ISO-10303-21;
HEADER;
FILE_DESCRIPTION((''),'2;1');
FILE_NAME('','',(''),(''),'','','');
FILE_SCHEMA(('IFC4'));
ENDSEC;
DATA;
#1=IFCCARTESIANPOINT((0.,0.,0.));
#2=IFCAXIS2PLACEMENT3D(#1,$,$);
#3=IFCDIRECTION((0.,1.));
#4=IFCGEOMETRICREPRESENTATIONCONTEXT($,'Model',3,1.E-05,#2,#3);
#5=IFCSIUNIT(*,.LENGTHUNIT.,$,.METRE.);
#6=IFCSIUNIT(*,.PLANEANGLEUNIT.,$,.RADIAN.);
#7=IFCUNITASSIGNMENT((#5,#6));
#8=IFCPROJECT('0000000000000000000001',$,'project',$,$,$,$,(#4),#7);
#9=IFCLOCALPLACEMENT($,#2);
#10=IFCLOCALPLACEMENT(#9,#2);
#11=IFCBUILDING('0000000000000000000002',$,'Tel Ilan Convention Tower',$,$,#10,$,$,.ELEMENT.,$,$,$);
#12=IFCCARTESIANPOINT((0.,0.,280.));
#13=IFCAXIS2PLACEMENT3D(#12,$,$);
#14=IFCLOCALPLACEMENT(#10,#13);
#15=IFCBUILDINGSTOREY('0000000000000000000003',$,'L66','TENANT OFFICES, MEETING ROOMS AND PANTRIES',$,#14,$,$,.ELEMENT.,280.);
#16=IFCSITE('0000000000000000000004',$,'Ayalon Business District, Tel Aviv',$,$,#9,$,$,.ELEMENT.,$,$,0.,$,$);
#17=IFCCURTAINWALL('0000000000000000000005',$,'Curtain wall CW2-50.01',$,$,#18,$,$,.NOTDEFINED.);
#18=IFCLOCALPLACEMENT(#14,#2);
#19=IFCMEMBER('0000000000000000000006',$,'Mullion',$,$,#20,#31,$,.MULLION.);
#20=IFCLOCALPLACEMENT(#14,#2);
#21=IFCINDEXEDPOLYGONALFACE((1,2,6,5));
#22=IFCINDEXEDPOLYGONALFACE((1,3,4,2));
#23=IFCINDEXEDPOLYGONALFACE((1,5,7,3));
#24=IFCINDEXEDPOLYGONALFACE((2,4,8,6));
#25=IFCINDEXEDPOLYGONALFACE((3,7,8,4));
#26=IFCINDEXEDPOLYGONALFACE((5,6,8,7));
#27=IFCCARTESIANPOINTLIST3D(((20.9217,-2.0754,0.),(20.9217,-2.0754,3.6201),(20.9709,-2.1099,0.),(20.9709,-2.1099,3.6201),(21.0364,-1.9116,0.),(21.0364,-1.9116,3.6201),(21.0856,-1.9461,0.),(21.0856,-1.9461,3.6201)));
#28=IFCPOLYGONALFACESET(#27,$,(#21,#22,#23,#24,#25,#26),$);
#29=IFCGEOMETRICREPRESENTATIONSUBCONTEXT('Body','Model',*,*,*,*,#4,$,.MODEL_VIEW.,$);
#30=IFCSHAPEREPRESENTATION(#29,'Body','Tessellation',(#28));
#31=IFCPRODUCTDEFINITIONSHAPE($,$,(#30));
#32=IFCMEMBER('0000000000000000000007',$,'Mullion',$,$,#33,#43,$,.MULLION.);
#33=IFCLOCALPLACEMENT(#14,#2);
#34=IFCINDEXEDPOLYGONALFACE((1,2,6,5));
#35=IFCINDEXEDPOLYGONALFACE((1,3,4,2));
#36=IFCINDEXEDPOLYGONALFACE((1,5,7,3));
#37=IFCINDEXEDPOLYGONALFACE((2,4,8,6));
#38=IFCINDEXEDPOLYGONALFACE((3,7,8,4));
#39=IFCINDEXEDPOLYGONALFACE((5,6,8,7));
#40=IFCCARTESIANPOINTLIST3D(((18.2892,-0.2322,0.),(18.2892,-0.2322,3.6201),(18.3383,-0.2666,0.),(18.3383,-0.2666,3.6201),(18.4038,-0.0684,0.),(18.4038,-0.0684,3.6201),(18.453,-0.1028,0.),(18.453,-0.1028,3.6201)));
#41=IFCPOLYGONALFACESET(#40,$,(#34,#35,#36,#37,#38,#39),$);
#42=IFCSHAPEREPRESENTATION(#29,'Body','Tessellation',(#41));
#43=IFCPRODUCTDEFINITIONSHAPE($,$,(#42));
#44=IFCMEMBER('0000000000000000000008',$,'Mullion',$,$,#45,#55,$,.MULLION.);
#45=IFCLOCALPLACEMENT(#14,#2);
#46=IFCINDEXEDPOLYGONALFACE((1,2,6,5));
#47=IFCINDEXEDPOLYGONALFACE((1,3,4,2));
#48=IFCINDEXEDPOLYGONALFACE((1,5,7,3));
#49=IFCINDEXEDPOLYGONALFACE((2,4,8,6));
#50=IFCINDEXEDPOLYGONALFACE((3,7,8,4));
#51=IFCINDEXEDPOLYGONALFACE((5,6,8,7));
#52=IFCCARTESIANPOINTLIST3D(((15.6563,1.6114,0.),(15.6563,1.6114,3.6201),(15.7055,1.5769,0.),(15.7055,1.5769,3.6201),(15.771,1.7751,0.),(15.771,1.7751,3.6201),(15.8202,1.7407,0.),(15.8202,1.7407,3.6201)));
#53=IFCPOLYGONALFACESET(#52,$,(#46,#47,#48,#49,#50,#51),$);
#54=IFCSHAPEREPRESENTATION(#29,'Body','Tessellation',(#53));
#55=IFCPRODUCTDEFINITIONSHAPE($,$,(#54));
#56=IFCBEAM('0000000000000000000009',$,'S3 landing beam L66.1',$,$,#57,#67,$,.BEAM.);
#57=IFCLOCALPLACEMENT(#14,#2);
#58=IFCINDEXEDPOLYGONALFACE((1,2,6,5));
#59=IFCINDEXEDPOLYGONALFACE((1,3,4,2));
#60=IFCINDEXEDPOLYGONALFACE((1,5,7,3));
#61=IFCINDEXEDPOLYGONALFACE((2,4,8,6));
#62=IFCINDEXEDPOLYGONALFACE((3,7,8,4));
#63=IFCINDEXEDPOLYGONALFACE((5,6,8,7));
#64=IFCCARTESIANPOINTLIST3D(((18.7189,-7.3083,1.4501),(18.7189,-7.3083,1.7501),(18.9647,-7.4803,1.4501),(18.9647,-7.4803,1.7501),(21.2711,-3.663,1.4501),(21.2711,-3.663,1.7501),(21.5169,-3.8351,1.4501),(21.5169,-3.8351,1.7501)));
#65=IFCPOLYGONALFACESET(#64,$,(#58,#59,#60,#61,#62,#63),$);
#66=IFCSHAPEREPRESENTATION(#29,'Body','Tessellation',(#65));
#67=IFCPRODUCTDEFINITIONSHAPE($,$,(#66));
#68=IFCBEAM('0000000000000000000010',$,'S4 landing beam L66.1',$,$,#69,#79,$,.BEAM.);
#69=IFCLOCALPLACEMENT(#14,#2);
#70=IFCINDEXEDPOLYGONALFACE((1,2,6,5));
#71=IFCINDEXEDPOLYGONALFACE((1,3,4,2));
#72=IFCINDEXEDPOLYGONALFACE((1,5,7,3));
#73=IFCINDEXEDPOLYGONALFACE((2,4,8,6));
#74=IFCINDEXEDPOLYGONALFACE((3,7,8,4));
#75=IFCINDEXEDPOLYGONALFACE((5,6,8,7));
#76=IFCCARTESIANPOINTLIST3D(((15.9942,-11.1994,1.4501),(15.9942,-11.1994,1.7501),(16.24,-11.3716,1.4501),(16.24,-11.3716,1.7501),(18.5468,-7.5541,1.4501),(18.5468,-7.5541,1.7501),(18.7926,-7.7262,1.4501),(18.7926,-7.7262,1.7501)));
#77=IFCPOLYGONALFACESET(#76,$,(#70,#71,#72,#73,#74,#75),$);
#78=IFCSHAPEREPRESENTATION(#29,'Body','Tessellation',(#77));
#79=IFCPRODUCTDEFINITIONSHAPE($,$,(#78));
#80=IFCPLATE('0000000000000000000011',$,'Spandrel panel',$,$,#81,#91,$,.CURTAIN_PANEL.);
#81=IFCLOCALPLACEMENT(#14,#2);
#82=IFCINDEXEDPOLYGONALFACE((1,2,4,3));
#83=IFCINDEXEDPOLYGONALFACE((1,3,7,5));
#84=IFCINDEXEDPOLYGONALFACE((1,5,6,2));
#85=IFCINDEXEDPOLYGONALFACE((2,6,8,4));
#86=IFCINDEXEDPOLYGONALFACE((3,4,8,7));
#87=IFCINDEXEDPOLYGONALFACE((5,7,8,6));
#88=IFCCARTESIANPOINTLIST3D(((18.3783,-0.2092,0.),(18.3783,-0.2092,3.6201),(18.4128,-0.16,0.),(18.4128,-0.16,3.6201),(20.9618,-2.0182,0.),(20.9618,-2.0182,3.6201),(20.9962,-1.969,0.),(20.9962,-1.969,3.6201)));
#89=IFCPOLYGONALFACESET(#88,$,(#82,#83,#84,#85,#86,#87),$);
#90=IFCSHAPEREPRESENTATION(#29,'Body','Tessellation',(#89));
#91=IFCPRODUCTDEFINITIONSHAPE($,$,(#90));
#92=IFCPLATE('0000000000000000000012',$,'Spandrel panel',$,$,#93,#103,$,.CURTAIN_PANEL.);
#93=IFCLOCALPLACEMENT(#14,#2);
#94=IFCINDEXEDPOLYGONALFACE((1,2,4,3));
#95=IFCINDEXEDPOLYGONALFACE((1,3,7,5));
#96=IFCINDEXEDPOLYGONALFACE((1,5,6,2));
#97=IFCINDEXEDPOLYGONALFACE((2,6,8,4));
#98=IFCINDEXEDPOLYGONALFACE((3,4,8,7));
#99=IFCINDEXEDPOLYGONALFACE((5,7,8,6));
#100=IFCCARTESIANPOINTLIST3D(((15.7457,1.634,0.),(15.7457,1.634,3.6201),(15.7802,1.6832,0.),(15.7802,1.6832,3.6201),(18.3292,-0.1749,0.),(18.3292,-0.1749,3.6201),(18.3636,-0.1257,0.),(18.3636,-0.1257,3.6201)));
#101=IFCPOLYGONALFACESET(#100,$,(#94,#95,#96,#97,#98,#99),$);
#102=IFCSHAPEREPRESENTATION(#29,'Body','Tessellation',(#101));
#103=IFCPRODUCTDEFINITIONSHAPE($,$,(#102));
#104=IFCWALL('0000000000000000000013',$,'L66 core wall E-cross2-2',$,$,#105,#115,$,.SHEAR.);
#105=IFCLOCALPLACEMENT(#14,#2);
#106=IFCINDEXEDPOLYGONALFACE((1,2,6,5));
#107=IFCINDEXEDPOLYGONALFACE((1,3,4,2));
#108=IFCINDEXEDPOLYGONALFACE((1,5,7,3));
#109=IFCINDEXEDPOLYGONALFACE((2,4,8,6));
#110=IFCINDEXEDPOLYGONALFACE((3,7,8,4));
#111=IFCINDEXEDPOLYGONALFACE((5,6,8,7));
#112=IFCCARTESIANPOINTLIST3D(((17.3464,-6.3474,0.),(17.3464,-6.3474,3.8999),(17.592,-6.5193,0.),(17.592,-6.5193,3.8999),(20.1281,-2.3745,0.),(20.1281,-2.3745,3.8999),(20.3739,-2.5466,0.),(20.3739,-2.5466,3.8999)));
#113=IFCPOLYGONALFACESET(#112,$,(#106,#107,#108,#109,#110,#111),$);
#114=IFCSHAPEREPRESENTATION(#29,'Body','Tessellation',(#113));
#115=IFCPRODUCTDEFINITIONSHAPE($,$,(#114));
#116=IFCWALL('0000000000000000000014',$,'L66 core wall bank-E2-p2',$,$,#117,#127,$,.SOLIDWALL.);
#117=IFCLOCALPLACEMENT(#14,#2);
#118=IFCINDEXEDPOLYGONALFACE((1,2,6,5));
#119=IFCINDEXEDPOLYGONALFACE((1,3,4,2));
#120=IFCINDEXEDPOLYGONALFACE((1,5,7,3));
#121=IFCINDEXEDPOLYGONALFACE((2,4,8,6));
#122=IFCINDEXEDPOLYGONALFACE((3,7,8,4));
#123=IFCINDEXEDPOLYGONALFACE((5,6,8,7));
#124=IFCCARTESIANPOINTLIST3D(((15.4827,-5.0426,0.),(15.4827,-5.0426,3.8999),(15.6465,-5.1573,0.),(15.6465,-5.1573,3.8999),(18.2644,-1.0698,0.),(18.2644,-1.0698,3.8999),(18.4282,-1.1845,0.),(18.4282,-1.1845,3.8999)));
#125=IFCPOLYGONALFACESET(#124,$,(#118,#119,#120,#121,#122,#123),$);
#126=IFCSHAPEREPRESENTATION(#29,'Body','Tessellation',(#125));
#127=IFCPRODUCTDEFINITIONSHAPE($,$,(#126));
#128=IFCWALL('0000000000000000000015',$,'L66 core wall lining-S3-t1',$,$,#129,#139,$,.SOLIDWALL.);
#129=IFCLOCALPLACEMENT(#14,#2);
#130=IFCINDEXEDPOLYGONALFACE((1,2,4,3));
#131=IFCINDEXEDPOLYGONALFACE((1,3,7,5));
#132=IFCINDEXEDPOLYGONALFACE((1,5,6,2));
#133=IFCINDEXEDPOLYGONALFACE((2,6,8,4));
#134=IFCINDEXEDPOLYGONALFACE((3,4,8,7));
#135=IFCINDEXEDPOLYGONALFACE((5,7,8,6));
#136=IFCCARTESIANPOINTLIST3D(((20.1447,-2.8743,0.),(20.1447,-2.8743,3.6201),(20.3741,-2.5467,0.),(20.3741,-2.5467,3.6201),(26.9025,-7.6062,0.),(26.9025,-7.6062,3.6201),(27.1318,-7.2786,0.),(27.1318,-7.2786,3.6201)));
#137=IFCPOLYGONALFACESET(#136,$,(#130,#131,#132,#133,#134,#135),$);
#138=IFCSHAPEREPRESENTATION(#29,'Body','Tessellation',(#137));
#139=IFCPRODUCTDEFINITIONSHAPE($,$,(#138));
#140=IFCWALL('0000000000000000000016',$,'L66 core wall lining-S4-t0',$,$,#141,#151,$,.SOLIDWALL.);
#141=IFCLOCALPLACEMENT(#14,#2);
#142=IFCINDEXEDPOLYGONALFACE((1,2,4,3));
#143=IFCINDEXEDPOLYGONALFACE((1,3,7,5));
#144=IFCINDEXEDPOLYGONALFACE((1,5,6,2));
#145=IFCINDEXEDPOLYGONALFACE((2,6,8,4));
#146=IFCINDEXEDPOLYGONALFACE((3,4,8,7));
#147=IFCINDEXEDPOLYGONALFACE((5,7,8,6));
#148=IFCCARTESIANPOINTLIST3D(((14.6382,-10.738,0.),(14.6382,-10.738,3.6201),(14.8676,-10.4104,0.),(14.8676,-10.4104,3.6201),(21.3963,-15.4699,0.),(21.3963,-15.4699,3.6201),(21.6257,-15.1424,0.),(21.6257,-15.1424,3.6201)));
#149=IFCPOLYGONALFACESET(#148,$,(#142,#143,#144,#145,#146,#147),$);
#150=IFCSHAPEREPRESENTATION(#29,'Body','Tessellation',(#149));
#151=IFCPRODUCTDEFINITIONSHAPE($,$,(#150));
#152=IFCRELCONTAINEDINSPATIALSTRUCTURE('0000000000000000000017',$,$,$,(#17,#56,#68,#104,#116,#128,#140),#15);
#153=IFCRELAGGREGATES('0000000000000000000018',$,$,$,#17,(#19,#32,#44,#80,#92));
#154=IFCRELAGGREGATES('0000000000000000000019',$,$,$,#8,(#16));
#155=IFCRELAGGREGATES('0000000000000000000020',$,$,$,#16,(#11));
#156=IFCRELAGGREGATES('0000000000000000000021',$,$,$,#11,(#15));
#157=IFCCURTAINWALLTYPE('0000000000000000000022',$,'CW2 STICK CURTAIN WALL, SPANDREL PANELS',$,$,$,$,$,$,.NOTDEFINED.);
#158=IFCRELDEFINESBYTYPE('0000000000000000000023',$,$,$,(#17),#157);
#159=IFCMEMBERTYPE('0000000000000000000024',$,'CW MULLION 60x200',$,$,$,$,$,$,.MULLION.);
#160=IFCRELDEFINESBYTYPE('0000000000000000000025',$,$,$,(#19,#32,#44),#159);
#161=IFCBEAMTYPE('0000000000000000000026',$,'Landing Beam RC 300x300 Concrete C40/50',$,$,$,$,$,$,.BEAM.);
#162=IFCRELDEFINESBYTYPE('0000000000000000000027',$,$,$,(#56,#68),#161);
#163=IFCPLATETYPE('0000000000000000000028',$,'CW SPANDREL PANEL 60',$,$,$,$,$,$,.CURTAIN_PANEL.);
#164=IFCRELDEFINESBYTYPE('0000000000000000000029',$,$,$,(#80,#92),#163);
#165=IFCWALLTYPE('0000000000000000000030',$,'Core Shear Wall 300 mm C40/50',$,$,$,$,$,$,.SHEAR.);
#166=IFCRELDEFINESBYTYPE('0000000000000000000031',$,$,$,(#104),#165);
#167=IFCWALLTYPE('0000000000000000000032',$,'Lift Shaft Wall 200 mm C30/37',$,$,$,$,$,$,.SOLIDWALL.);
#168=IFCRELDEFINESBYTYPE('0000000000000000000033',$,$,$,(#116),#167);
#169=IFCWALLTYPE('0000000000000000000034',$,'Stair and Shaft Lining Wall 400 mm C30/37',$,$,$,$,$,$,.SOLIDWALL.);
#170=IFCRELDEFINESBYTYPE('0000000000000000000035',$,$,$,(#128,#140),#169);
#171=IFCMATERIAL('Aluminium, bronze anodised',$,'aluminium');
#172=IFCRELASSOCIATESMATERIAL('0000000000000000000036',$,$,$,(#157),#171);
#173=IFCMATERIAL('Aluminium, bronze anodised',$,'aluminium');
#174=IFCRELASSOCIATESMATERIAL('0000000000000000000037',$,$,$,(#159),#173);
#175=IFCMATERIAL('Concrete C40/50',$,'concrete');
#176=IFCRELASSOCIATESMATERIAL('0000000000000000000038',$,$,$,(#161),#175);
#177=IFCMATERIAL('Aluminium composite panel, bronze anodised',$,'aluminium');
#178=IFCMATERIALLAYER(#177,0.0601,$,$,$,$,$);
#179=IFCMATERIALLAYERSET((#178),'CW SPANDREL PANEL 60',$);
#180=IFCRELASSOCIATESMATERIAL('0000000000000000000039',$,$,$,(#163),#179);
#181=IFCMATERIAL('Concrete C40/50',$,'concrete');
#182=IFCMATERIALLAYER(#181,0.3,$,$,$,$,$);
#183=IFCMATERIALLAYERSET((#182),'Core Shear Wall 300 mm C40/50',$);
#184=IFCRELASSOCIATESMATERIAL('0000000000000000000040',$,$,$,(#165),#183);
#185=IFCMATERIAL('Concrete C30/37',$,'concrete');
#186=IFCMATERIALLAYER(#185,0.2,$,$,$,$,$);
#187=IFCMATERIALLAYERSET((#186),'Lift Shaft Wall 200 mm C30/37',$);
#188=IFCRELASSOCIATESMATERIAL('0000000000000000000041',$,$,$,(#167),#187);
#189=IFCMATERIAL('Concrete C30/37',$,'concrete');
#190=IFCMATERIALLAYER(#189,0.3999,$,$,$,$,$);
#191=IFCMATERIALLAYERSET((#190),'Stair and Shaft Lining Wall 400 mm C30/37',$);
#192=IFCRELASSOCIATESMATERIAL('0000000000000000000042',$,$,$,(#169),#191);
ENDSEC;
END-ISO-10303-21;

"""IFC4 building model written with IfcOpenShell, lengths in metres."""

from ifc_helpers import new_model, si_unit, direction, frame, frame_2d, origin, origin_2d, place, context, subcontext, project, spatial, polyline, rectangle, outline, extrude, material, layer, layer_set, material_profile, profile_set, type_object, element, aggregate, save


model = new_model("IFC4")

# Units and contexts
model_context = context("Model", 3, precision=1e-05, world=origin(), true_north=direction((0.0, 1.0)))
body_context = subcontext(model_context, "Body", "Model", "MODEL_VIEW")
ifc_project = project(units=[si_unit("LENGTHUNIT", "METRE"), si_unit("PLANEANGLEUNIT", "RADIAN")], contexts=[model_context])

# Site, building, storey
site_placement = place(None, origin())
site = spatial("IfcSite", under=ifc_project, at=site_placement, Name="Ayalon Business District, Tel Aviv", CompositionType="ELEMENT", RefElevation=0.0)
building_placement = place(site_placement, origin())
building = spatial("IfcBuilding", under=site, at=building_placement, Name="Tel Ilan Convention Tower", CompositionType="ELEMENT")
storey_placement = place(building_placement, frame((0.0, 0.0, 280.0)))
storey = spatial("IfcBuildingStorey", under=building, at=storey_placement, Name="L66", Description="TENANT OFFICES, MEETING ROOMS AND PANTRIES", CompositionType="ELEMENT", Elevation=280.0)

# Curtain wall, members
ifc_material_1 = material(Name="Aluminium, bronze anodised", Category="aluminium")
curtain_wall_type = type_object("IfcCurtainWallType", Name="CW2 STICK CURTAIN WALL, SPANDREL PANELS", PredefinedType="NOTDEFINED", material=ifc_material_1)
curtain_wall_placement = place(storey_placement, origin())
curtain_wall = element("IfcCurtainWall", 1, at=curtain_wall_placement, inside=storey, type_object=curtain_wall_type, Name="Curtain wall CW2-50.01", PredefinedType="NOTDEFINED")
ifc_material_2 = material(Name="Aluminium, bronze anodised", Category="aluminium")
ifc_material_profile_1 = material_profile(ifc_material_2, rectangle(XDim=0.0601, YDim=0.2, at=origin_2d()), Name="CW MULLION 60x200")
ifc_profile_set_1 = profile_set([ifc_material_profile_1], Name="Aluminium, bronze anodised")
member_type = type_object("IfcMemberType", Name="CW MULLION 60x200", PredefinedType="MULLION", material=ifc_profile_set_1)
member_1_placement = place(storey_placement, frame((21.0037, -2.0107, 0.0), z_axis=(0.0, 0.0, 1.0), x_axis=(-0.819152, 0.573576, 0.0)))
member_1 = element("IfcMember", 2, at=member_1_placement, type_object=member_type, Name="Mullion", PredefinedType="MULLION", context=body_context, shape_type="SweptSolid", body=[
    extrude(rectangle(XDim=0.0601, YDim=0.2, at=origin_2d()), origin(), (0.0, 0.0, 1.0), 3.6201),
])
member_2_placement = place(storey_placement, frame((18.3711, -0.1675, 0.0), z_axis=(0.0, 0.0, 1.0), x_axis=(-0.819152, 0.573576, 0.0)))
member_2 = element("IfcMember", 3, at=member_2_placement, type_object=member_type, Name="Mullion", PredefinedType="MULLION", context=body_context, shape_type="SweptSolid", body=[
    extrude(rectangle(XDim=0.0601, YDim=0.2, at=origin_2d()), origin(), (0.0, 0.0, 1.0), 3.6201),
])
member_3_placement = place(storey_placement, frame((15.7383, 1.676, 0.0), z_axis=(0.0, 0.0, 1.0), x_axis=(-0.819152, 0.573576, 0.0)))
member_3 = element("IfcMember", 4, at=member_3_placement, type_object=member_type, Name="Mullion", PredefinedType="MULLION", context=body_context, shape_type="SweptSolid", body=[
    extrude(rectangle(XDim=0.0601, YDim=0.2, at=origin_2d()), origin(), (0.0, 0.0, 1.0), 3.6201),
])

# Beams
ifc_material_3 = material(Name="Concrete C40/50", Category="concrete")
ifc_material_profile_2 = material_profile(ifc_material_3, rectangle(XDim=0.3, YDim=0.3, at=origin_2d()), Name="RC 300x300")
ifc_profile_set_2 = profile_set([ifc_material_profile_2], Name="Concrete C40/50")
beam_type = type_object("IfcBeamType", Name="Landing Beam RC 300x300 Concrete C40/50", PredefinedType="BEAM", material=ifc_profile_set_2)
beam_1_placement = place(storey_placement, frame((21.394, -3.749, 1.6001), z_axis=(-0.573547, -0.819173, 0.0), x_axis=(0.819173, -0.573547, 0.0)))
element("IfcBeam", 5, at=beam_1_placement, inside=storey, type_object=beam_type, Name="S3 landing beam L66.1", PredefinedType="BEAM", context=body_context, shape_type="SweptSolid", body=[
    extrude(rectangle(XDim=0.3, YDim=0.3, at=origin_2d()), origin(), (0.0, 0.0, 1.0), 4.45),
])
beam_2_placement = place(storey_placement, frame((18.6697, -7.6401, 1.6001), z_axis=(-0.573584, -0.819147, 0.0), x_axis=(0.819147, -0.573584, 0.0)))
element("IfcBeam", 6, at=beam_2_placement, inside=storey, type_object=beam_type, Name="S4 landing beam L66.1", PredefinedType="BEAM", context=body_context, shape_type="SweptSolid", body=[
    extrude(rectangle(XDim=0.3, YDim=0.3, at=origin_2d()), origin(), (0.0, 0.0, 1.0), 4.4502),
])

# Plates
ifc_material_4 = material(Name="Aluminium composite panel, bronze anodised", Category="aluminium")
ifc_layer_1 = layer(ifc_material_4, 0.0601)
ifc_layer_set_1 = layer_set([ifc_layer_1], Name="CW SPANDREL PANEL 60")
plate_type = type_object("IfcPlateType", Name="CW SPANDREL PANEL 60", PredefinedType="CURTAIN_PANEL", material=ifc_layer_set_1)
plate_1_placement = place(storey_placement, frame((19.6873, -1.0891, 0.0), z_axis=(0.0, 0.0, 1.0), x_axis=(-0.819152, 0.573576, 0.0)))
plate_1 = element("IfcPlate", 7, at=plate_1_placement, type_object=plate_type, Name="Spandrel panel", PredefinedType="CURTAIN_PANEL", context=body_context, shape_type="SweptSolid", body=[
    extrude(rectangle(XDim=3.1538, YDim=0.0601, at=origin_2d()), origin(), (0.0, 0.0, 1.0), 3.6201),
])
plate_2_placement = place(storey_placement, frame((17.0547, 0.7542, 0.0), z_axis=(0.0, 0.0, 1.0), x_axis=(-0.819152, 0.573576, 0.0)))
plate_2 = element("IfcPlate", 8, at=plate_2_placement, type_object=plate_type, Name="Spandrel panel", PredefinedType="CURTAIN_PANEL", context=body_context, shape_type="SweptSolid", body=[
    extrude(rectangle(XDim=3.1538, YDim=0.0601, at=origin_2d()), origin(), (0.0, 0.0, 1.0), 3.6201),
])
aggregate(curtain_wall, [member_1, member_2, member_3, plate_1, plate_2])

# Walls
ifc_material_5 = material(Name="Concrete C40/50", Category="concrete")
ifc_layer_2 = layer(ifc_material_5, 0.3)
ifc_layer_set_2 = layer_set([ifc_layer_2], Name="Core Shear Wall 300 mm C40/50")
wall_type_1 = type_object("IfcWallType", Name="Core Shear Wall 300 mm C40/50", PredefinedType="SHEAR", material=ifc_layer_set_2)
wall_1_placement = place(storey_placement, frame((17.4692, -6.4333, 0.0), z_axis=(0.0, 0.0, 1.0), x_axis=(0.573594, 0.81914, 0.0)))
element("IfcWall", 9, at=wall_1_placement, inside=storey, type_object=wall_type_1, Name="L66 core wall E-cross2-2", PredefinedType="SHEAR", context=body_context, shape_type="SweptSolid", body=[
    extrude(outline(polyline([(4.8499, -0.1499), (4.8499, 0.1501), (0.0, 0.1499), (0.0, -0.1499), (4.8499, -0.1499)])), origin(), (0.0, 0.0, 1.0), 3.8999),
])
ifc_material_6 = material(Name="Concrete C30/37", Category="concrete")
ifc_layer_3 = layer(ifc_material_6, 0.2)
ifc_layer_set_3 = layer_set([ifc_layer_3], Name="Lift Shaft Wall 200 mm C30/37")
wall_type_2 = type_object("IfcWallType", Name="Lift Shaft Wall 200 mm C30/37", PredefinedType="SOLIDWALL", material=ifc_layer_set_3)
wall_2_placement = place(storey_placement, frame((15.5647, -5.0999, 0.0), z_axis=(0.0, 0.0, 1.0), x_axis=(0.57356, 0.819163, 0.0)))
element("IfcWall", 10, at=wall_2_placement, inside=storey, type_object=wall_type_2, Name="L66 core wall bank-E2-p2", PredefinedType="SOLIDWALL", context=body_context, shape_type="SweptSolid", body=[
    extrude(rectangle(XDim=4.8499, YDim=0.2, at=frame_2d((2.4248, 0.0))), origin(), (0.0, 0.0, 1.0), 3.8999),
])
ifc_material_7 = material(Name="Concrete C30/37", Category="concrete")
ifc_layer_4 = layer(ifc_material_7, 0.3999)
ifc_layer_set_4 = layer_set([ifc_layer_4], Name="Stair and Shaft Lining Wall 400 mm C30/37")
wall_type_3 = type_object("IfcWallType", Name="Stair and Shaft Lining Wall 400 mm C30/37", PredefinedType="SOLIDWALL", material=ifc_layer_set_4)
wall_3_placement = place(storey_placement, frame((20.2593, -2.7104, 0.0), z_axis=(0.0, 0.0, 1.0), x_axis=(0.819148, -0.573582, 0.0)))
element("IfcWall", 11, at=wall_3_placement, inside=storey, type_object=wall_type_3, Name="L66 core wall lining-S3-t1", PredefinedType="SOLIDWALL", context=body_context, shape_type="SweptSolid", body=[
    extrude(rectangle(XDim=8.2498, YDim=0.3999, at=frame_2d((4.125, 0.0))), origin(), (0.0, 0.0, 1.0), 3.6201),
])
wall_4_placement = place(storey_placement, frame((14.7529, -10.5742, 0.0), z_axis=(0.0, 0.0, 1.0), x_axis=(0.819158, -0.573568, 0.0)))
element("IfcWall", 12, at=wall_4_placement, inside=storey, type_object=wall_type_3, Name="L66 core wall lining-S4-t0", PredefinedType="SOLIDWALL", context=body_context, shape_type="SweptSolid", body=[
    extrude(rectangle(XDim=8.25, YDim=0.3999, at=frame_2d((4.125, 0.0))), origin(), (0.0, 0.0, 1.0), 3.6201),
])

save(model, "model.ifc")
